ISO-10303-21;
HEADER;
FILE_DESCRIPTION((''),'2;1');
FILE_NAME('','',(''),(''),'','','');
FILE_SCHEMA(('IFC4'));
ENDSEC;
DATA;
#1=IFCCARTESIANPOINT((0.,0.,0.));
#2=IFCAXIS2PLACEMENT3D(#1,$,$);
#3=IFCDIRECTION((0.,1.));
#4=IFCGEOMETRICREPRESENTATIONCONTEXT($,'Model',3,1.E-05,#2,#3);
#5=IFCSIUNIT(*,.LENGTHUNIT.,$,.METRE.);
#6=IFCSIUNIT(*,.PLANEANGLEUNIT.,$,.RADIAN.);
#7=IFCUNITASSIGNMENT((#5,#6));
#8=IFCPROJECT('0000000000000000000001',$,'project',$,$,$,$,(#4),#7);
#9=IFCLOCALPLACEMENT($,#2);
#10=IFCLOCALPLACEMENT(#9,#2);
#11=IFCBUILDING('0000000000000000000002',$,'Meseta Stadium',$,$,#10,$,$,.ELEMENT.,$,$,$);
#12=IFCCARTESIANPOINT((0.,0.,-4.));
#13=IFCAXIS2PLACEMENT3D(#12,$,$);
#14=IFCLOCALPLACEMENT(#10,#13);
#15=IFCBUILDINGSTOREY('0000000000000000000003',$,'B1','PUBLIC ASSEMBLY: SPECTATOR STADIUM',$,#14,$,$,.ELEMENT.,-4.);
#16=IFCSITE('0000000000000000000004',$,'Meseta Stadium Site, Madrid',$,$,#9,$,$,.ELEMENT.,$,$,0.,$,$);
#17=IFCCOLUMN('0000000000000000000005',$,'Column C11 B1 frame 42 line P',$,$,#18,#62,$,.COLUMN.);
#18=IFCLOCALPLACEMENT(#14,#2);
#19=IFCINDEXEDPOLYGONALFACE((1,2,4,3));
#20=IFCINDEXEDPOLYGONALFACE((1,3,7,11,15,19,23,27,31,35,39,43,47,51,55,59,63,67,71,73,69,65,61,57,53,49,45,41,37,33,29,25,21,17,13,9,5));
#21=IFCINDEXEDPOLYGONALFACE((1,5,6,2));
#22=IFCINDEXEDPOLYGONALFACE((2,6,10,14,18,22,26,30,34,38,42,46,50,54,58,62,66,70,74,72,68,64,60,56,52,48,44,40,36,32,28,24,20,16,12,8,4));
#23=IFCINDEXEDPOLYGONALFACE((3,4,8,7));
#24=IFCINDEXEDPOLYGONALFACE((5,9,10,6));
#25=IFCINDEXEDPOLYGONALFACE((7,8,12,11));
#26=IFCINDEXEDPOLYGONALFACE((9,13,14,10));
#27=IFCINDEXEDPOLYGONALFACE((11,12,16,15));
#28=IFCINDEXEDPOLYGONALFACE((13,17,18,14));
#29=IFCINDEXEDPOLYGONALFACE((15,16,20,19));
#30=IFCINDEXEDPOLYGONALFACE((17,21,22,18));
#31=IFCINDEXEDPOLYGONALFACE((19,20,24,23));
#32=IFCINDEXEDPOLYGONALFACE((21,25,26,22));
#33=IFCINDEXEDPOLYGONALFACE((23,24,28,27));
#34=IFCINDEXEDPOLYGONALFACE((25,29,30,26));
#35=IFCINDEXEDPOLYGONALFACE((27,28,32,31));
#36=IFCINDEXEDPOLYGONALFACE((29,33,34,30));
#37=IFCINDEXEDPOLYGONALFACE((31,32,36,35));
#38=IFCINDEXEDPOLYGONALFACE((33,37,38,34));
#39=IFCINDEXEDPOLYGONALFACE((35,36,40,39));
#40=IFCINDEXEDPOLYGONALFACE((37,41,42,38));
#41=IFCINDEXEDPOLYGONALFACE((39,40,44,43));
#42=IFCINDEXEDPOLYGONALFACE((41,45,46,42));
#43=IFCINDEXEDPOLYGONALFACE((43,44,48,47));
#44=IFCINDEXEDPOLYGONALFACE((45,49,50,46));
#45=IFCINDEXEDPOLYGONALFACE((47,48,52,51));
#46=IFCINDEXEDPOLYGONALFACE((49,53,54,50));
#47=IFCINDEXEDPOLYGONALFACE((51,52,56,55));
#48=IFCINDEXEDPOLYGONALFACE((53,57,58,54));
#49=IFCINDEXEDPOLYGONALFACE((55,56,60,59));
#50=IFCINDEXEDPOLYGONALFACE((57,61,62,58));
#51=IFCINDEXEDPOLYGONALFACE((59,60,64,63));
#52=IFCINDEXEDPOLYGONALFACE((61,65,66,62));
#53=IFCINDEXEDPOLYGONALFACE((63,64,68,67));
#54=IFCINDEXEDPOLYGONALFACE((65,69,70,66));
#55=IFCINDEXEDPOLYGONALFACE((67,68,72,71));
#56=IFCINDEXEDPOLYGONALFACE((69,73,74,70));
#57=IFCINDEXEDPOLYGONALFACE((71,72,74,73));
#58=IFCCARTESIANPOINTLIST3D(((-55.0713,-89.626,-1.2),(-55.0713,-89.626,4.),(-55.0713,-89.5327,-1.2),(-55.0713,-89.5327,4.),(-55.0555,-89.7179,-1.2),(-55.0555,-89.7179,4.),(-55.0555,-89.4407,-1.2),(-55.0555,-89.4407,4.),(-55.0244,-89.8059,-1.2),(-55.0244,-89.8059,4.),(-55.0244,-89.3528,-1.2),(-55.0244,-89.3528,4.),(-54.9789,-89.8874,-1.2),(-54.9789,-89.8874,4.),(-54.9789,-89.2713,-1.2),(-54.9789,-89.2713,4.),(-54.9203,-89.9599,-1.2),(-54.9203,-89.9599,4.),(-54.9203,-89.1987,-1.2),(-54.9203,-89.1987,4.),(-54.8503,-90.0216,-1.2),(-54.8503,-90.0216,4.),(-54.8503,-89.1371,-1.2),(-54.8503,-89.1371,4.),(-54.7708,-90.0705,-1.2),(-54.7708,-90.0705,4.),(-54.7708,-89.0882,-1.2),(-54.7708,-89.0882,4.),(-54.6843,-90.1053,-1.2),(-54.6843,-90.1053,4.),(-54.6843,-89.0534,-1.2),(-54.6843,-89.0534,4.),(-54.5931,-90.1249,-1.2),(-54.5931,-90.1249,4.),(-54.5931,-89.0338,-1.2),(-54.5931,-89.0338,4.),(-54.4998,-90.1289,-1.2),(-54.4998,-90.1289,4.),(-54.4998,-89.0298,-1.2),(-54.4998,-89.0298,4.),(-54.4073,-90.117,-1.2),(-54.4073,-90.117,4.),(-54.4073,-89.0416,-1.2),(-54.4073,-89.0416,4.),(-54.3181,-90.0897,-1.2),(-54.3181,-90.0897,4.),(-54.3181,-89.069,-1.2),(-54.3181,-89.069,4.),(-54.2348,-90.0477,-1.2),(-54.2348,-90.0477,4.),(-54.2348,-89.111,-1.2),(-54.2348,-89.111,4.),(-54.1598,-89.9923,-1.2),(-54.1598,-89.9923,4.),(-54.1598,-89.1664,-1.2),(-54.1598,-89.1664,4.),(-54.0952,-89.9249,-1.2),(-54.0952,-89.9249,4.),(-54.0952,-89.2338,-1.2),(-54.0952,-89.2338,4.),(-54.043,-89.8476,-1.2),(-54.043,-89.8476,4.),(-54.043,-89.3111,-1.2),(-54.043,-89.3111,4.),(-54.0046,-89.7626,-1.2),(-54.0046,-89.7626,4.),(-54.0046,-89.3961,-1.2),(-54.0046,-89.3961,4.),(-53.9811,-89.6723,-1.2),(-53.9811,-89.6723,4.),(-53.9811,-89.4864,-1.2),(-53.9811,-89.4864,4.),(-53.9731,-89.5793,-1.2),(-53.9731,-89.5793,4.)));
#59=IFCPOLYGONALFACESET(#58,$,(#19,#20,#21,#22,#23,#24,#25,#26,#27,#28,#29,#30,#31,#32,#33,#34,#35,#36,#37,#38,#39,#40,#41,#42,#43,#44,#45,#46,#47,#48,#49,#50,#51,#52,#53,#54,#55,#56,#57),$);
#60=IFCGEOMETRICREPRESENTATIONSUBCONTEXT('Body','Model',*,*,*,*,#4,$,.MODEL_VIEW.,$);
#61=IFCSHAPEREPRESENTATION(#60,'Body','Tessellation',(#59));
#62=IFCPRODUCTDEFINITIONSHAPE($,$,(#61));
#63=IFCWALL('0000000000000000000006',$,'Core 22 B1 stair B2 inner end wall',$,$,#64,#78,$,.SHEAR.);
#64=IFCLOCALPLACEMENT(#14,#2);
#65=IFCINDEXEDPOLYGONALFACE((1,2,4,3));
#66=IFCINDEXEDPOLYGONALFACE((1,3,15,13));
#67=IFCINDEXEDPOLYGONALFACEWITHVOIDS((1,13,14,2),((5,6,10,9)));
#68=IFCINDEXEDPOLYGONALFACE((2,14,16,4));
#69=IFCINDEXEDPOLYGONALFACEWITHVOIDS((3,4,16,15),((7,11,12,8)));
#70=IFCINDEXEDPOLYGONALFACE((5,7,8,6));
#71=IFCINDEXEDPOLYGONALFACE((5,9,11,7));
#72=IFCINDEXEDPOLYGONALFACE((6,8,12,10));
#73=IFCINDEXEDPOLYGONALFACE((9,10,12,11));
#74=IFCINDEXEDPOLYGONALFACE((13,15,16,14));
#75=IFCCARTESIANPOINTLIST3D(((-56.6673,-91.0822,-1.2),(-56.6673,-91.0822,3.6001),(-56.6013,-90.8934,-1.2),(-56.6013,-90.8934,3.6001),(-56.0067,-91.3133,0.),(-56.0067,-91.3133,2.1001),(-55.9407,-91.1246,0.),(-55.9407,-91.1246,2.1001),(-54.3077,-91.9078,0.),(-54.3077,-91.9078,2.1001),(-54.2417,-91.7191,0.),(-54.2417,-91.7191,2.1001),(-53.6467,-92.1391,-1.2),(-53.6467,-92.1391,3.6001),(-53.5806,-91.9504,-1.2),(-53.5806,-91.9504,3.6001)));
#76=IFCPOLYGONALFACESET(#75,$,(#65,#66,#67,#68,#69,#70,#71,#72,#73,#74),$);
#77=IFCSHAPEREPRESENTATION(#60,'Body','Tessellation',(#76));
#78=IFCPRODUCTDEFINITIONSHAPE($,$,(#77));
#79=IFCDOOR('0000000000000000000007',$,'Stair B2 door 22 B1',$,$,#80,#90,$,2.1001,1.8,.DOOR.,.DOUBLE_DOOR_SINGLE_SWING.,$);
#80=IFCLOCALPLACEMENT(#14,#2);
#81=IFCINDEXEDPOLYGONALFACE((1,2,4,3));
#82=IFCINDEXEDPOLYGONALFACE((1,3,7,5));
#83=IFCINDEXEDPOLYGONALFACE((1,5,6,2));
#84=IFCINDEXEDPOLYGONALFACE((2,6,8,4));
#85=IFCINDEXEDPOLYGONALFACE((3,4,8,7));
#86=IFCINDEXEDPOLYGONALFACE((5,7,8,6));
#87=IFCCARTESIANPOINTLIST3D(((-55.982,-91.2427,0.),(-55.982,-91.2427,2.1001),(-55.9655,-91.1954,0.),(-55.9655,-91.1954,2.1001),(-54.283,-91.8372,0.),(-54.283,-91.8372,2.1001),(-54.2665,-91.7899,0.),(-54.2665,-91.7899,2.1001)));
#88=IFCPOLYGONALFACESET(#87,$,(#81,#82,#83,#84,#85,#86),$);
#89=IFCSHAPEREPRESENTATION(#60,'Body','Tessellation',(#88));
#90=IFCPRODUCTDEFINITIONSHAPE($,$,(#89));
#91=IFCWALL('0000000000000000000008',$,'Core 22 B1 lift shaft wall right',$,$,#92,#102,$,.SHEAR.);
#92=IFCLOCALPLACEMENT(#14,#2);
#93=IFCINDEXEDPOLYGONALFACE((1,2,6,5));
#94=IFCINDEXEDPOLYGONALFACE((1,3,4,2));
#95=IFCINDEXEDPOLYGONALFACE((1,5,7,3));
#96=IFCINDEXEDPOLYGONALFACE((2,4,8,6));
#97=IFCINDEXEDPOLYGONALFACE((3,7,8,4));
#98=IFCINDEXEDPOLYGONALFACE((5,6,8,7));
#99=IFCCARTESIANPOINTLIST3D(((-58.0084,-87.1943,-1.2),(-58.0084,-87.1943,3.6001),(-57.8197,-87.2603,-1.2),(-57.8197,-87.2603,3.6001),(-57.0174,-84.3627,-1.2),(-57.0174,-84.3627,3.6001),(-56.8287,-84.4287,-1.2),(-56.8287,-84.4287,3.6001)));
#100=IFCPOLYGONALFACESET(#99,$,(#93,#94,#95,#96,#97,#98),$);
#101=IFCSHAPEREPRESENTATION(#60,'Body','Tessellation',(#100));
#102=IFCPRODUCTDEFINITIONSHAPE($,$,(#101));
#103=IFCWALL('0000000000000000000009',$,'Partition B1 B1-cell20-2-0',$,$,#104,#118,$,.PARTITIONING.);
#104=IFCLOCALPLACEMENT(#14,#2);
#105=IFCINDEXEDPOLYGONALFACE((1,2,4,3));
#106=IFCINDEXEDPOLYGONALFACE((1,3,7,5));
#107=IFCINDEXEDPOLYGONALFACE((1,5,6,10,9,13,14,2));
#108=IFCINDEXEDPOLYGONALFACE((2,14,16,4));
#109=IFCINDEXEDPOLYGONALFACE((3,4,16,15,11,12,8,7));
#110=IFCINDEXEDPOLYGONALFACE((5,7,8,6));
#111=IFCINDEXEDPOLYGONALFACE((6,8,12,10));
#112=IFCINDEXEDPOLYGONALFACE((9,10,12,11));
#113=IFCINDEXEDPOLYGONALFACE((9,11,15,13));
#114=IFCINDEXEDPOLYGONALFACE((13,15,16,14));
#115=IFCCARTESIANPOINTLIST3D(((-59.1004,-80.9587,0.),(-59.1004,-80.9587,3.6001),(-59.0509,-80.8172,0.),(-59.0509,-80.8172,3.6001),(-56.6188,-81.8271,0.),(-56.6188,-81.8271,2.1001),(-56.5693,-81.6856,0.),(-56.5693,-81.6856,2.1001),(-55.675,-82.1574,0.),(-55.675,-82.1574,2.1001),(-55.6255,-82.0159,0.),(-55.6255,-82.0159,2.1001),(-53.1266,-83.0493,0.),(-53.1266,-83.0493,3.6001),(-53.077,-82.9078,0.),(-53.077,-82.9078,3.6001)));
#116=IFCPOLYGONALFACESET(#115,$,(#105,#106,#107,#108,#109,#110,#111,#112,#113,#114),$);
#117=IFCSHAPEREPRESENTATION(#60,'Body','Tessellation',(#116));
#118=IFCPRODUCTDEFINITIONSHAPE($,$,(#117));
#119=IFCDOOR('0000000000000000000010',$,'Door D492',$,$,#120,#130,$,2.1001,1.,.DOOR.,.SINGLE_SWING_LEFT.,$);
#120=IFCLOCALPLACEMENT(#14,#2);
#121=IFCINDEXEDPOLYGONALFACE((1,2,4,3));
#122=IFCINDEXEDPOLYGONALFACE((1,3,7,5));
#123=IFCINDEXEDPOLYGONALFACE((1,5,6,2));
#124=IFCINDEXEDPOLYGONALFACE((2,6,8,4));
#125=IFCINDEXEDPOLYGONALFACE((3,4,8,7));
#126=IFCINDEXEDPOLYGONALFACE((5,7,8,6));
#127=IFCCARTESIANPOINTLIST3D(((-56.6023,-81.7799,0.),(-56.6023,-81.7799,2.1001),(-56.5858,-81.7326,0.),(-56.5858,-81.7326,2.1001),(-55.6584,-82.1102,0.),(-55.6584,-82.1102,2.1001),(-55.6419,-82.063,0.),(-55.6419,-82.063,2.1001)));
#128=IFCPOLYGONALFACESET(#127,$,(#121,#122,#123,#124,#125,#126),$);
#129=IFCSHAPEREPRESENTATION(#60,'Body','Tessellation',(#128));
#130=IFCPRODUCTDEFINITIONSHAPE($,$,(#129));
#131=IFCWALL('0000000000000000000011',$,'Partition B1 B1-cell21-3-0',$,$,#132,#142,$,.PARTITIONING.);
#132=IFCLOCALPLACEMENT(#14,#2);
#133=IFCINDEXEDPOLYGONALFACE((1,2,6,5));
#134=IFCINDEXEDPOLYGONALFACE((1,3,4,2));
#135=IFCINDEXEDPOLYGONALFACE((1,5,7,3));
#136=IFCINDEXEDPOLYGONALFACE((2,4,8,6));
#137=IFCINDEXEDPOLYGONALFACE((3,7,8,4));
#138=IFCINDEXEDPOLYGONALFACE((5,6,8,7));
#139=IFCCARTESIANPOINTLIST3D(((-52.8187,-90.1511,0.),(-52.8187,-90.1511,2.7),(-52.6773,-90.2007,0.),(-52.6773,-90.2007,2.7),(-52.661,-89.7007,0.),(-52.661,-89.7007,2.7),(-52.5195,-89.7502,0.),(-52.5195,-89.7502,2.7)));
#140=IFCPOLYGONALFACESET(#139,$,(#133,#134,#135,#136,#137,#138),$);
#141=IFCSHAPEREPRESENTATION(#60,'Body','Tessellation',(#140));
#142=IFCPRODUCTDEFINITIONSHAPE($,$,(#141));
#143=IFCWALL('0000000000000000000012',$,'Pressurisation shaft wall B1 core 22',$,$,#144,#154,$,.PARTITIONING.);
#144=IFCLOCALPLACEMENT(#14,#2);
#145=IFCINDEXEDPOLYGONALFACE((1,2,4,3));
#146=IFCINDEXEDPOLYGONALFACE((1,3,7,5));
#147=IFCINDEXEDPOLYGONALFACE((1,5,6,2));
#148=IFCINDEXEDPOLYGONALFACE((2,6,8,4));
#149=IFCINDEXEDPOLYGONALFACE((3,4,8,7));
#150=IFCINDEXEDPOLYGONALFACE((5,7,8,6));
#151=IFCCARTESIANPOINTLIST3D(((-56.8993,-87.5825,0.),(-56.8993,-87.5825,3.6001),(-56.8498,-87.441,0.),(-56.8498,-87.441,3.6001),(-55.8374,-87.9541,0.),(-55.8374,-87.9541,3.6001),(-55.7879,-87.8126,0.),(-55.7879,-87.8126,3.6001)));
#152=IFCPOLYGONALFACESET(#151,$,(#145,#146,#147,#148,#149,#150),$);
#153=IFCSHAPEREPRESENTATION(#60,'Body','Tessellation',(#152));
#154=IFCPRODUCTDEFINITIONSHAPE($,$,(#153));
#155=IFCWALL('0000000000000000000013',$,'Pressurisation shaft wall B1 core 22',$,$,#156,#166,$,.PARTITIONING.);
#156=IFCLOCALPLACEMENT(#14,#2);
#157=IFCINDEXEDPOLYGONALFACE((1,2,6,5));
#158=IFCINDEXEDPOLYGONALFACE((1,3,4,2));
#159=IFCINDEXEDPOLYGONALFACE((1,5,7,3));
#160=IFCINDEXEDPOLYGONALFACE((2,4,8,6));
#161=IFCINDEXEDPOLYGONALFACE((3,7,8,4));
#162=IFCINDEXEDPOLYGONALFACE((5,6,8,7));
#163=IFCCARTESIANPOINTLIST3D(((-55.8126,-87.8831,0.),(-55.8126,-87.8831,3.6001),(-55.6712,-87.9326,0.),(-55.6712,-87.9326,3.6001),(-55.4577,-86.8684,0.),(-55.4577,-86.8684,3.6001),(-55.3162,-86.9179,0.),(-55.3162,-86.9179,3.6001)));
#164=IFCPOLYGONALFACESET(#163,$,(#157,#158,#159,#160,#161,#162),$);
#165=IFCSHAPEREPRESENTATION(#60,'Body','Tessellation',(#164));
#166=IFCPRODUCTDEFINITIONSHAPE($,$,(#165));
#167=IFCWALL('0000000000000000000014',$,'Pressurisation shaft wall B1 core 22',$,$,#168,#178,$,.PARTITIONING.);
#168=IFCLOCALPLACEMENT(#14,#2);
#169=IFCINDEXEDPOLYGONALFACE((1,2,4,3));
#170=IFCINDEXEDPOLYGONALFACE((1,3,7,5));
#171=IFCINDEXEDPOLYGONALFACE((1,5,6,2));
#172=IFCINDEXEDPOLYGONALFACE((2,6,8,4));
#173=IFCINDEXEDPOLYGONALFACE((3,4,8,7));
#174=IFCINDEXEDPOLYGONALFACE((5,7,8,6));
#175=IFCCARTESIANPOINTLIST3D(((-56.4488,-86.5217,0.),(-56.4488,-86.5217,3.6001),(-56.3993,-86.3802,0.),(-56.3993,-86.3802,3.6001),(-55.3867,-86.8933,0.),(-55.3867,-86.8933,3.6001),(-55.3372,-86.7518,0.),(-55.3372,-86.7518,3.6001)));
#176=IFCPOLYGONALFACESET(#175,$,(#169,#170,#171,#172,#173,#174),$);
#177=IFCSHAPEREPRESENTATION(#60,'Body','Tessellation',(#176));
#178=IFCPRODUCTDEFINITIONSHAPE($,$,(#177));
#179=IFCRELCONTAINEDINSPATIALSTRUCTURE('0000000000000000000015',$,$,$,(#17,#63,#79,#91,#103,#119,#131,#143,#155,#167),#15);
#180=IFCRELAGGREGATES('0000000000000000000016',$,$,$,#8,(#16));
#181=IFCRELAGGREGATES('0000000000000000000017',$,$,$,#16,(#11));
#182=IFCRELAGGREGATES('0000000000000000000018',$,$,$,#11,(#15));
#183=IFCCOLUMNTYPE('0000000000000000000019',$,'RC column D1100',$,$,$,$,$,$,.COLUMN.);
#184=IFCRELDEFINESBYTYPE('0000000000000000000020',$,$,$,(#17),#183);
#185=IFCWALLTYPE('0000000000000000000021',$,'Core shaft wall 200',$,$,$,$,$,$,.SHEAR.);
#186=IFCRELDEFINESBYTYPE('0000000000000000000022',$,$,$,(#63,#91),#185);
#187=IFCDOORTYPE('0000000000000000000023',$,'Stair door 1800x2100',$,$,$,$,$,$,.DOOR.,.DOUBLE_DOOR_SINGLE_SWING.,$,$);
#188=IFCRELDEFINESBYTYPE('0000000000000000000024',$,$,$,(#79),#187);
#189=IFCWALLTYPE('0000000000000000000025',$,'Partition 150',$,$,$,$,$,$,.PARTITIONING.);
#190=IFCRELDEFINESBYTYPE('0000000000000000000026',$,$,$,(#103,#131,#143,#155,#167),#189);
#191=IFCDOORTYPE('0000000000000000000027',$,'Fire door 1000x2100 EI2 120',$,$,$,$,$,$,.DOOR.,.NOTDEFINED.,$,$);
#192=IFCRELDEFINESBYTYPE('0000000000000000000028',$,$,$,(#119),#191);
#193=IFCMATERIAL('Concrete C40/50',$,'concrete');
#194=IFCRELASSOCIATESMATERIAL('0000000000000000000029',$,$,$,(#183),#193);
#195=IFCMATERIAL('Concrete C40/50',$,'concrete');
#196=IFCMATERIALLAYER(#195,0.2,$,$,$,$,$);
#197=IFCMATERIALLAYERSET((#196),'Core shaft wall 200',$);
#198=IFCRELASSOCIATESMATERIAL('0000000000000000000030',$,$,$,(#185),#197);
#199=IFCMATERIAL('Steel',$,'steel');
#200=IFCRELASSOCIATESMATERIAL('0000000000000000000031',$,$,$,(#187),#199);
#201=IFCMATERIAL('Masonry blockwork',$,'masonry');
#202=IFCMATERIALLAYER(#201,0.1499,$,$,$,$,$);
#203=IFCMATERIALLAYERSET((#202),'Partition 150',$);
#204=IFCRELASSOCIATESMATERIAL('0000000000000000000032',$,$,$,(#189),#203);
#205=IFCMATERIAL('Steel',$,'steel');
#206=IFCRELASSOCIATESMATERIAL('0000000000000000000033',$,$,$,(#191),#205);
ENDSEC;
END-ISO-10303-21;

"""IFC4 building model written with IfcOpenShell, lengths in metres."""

from ifc_helpers import new_model, si_unit, direction, frame, frame_2d, origin, origin_2d, place, context, subcontext, project, spatial, rectangle, circle, extrude, material, layer, layer_set, material_profile, profile_set, type_object, element, fill, save


model = new_model("IFC4")

# Units and contexts
model_context = context("Model", 3, precision=1e-05, world=origin(), true_north=direction((0.0, 1.0)))
body_context = subcontext(model_context, "Body", "Model", "MODEL_VIEW")
ifc_project = project(units=[si_unit("LENGTHUNIT", "METRE"), si_unit("PLANEANGLEUNIT", "RADIAN")], contexts=[model_context])

# Site, building, storey
site_placement = place(None, origin())
site = spatial("IfcSite", under=ifc_project, at=site_placement, Name="Meseta Stadium Site, Madrid", CompositionType="ELEMENT", RefElevation=0.0)
building_placement = place(site_placement, origin())
building = spatial("IfcBuilding", under=site, at=building_placement, Name="Meseta Stadium", CompositionType="ELEMENT")
storey_placement = place(building_placement, frame((0.0, 0.0, -4.0)))
storey = spatial("IfcBuildingStorey", under=building, at=storey_placement, Name="B1", Description="PUBLIC ASSEMBLY: SPECTATOR STADIUM", CompositionType="ELEMENT", Elevation=-4.0)

# Column
ifc_material_1 = material(Name="Concrete C40/50", Category="concrete")
ifc_material_profile = material_profile(ifc_material_1, circle(Radius=0.55, at=origin_2d()), Name="RC D1100")
ifc_profile_set = profile_set([ifc_material_profile], Name="Concrete C40/50")
column_type = type_object("IfcColumnType", Name="RC column D1100", PredefinedType="COLUMN", material=ifc_profile_set)
column_placement = place(storey_placement, frame((-54.5232, -89.5793, -1.2), z_axis=(0.0, 0.0, 1.0), x_axis=(1.0, 0.0, 0.0)))
element("IfcColumn", 1, at=column_placement, inside=storey, type_object=column_type, Name="Column C11 B1 frame 42 line P", PredefinedType="COLUMN", context=body_context, shape_type="SweptSolid", body=[
    extrude(circle(Radius=0.55, at=origin_2d()), origin(), (0.0, 0.0, 1.0), 5.2),
])

# Wall, opening, door
ifc_material_2 = material(Name="Concrete C40/50", Category="concrete")
ifc_layer_1 = layer(ifc_material_2, 0.2)
ifc_layer_set_1 = layer_set([ifc_layer_1], Name="Core shaft wall 200")
wall_type_1 = type_object("IfcWallType", Name="Core shaft wall 200", PredefinedType="SHEAR", material=ifc_layer_set_1)
wall_1_placement = place(storey_placement, frame((-56.6343, -90.9878, -1.2), z_axis=(0.0, 0.0, 1.0), x_axis=(0.943887, -0.330269, 0.0)))
wall_1 = element("IfcWall", 2, at=wall_1_placement, inside=storey, type_object=wall_type_1, Name="Core 22 B1 stair B2 inner end wall", PredefinedType="SHEAR", context=body_context, shape_type="SweptSolid", body=[
    extrude(rectangle(XDim=3.2002, YDim=0.2, at=frame_2d((1.6001, 0.0))), origin(), (0.0, 0.0, 1.0), 4.8),
])
opening_1_placement = place(wall_1_placement, frame((0.7, 0.0, 1.2)))
opening_1 = element("IfcOpeningElement", 3, at=opening_1_placement, cuts=wall_1, PredefinedType="OPENING", context=body_context, shape_type="SweptSolid", body=[
    extrude(rectangle(XDim=1.8, YDim=2.1001, at=frame_2d((0.8999, 1.05))), frame((0.0, 0.1099, 0.0), z_axis=(0.0, -1.0, 0.0), x_axis=(1.0, 0.0, 0.0)), (0.0, 0.0, 1.0), 0.22),
])
ifc_material_3 = material(Name="Steel", Category="steel")
door_type_1 = type_object("IfcDoorType", Name="Stair door 1800x2100", OperationType="DOUBLE_DOOR_SINGLE_SWING", PredefinedType="DOOR", material=ifc_material_3)
door_1_placement = place(opening_1_placement, origin())
door_1 = element("IfcDoor", 4, at=door_1_placement, inside=storey, type_object=door_type_1, Name="Stair B2 door 22 B1", OperationType="DOUBLE_DOOR_SINGLE_SWING", OverallHeight=2.1001, OverallWidth=1.8, PredefinedType="DOOR", context=body_context, shape_type="SweptSolid", body=[
    extrude(rectangle(XDim=1.8, YDim=2.1001, at=frame_2d((0.8999, 1.05))), frame((0.0, 0.0249, 0.0), z_axis=(0.0, -1.0, 0.0), x_axis=(1.0, 0.0, 0.0)), (0.0, 0.0, 1.0), 0.05),
])
fill(opening_1, door_1)

# Wall
wall_2_placement = place(storey_placement, frame((-57.9141, -87.2273, -1.2), z_axis=(0.0, 0.0, 1.0), x_axis=(0.330329, 0.943866, 0.0)))
element("IfcWall", 5, at=wall_2_placement, inside=storey, type_object=wall_type_1, Name="Core 22 B1 lift shaft wall right", PredefinedType="SHEAR", context=body_context, shape_type="SweptSolid", body=[
    extrude(rectangle(XDim=3.0, YDim=0.2, at=frame_2d((1.5, 0.0))), origin(), (0.0, 0.0, 1.0), 4.8),
])

# Wall, opening, door
ifc_material_4 = material(Name="Masonry blockwork", Category="masonry")
ifc_layer_2 = layer(ifc_material_4, 0.1499)
ifc_layer_set_2 = layer_set([ifc_layer_2], Name="Partition 150")
wall_type_2 = type_object("IfcWallType", Name="Partition 150", PredefinedType="PARTITIONING", material=ifc_layer_set_2)
wall_3_placement = place(storey_placement, frame((-53.1018, -82.9785, 0.0), z_axis=(0.0, 0.0, 1.0), x_axis=(-0.943872, 0.330311, 0.0)))
wall_3 = element("IfcWall", 6, at=wall_3_placement, inside=storey, type_object=wall_type_2, Name="Partition B1 B1-cell20-2-0", PredefinedType="PARTITIONING", context=body_context, shape_type="SweptSolid", body=[
    extrude(rectangle(XDim=6.3291, YDim=0.1499, at=frame_2d((3.1646, 0.0))), origin(), (0.0, 0.0, 1.0), 3.6001),
])
opening_2_placement = place(wall_3_placement, frame((2.7, 0.0, 0.0)))
opening_2 = element("IfcOpeningElement", 7, at=opening_2_placement, cuts=wall_3, PredefinedType="OPENING", context=body_context, shape_type="SweptSolid", body=[
    extrude(rectangle(XDim=1.0, YDim=2.1001, at=frame_2d((0.5, 1.05))), frame((0.0, 0.085, 0.0), z_axis=(0.0, -1.0, 0.0), x_axis=(1.0, 0.0, 0.0)), (0.0, 0.0, 1.0), 0.1699),
])
ifc_material_5 = material(Name="Steel", Category="steel")
door_type_2 = type_object("IfcDoorType", Name="Fire door 1000x2100 EI2 120", OperationType="NOTDEFINED", PredefinedType="DOOR", material=ifc_material_5)
door_2_placement = place(opening_2_placement, origin())
door_2 = element("IfcDoor", 8, at=door_2_placement, inside=storey, type_object=door_type_2, Name="Door D492", OperationType="SINGLE_SWING_LEFT", OverallHeight=2.1001, OverallWidth=1.0, PredefinedType="DOOR", context=body_context, shape_type="SweptSolid", body=[
    extrude(rectangle(XDim=1.0, YDim=2.1001, at=frame_2d((0.5, 1.05))), frame((0.0, 0.0249, 0.0), z_axis=(0.0, -1.0, 0.0), x_axis=(1.0, 0.0, 0.0)), (0.0, 0.0, 1.0), 0.05),
])
fill(opening_2, door_2)

# Walls
wall_4_placement = place(storey_placement, frame((-52.748, -90.176, 0.0), z_axis=(0.0, 0.0, 1.0), x_axis=(0.330464, 0.943818, 0.0)))
element("IfcWall", 9, at=wall_4_placement, inside=storey, type_object=wall_type_2, Name="Partition B1 B1-cell21-3-0", PredefinedType="PARTITIONING", context=body_context, shape_type="SweptSolid", body=[
    extrude(rectangle(XDim=0.4773, YDim=0.1499, at=frame_2d((0.2388, 0.0))), origin(), (0.0, 0.0, 1.0), 2.7),
])
wall_5_placement = place(storey_placement, frame((-56.8745, -87.5117, 0.0), z_axis=(0.0, 0.0, 1.0), x_axis=(0.943869, -0.330321, 0.0)))
element("IfcWall", 10, at=wall_5_placement, inside=storey, type_object=wall_type_2, Name="Pressurisation shaft wall B1 core 22", PredefinedType="PARTITIONING", context=body_context, shape_type="SweptSolid", body=[
    extrude(rectangle(XDim=1.125, YDim=0.1499, at=frame_2d((0.5625, 0.0))), origin(), (0.0, 0.0, 1.0), 3.6001),
])
wall_6_placement = place(storey_placement, frame((-55.7419, -87.908, 0.0), z_axis=(0.0, 0.0, 1.0), x_axis=(0.330229, 0.943901, 0.0)))
element("IfcWall", 11, at=wall_6_placement, inside=storey, type_object=wall_type_2, Name="Pressurisation shaft wall B1 core 22", PredefinedType="PARTITIONING", context=body_context, shape_type="SweptSolid", body=[
    extrude(rectangle(XDim=1.075, YDim=0.1499, at=frame_2d((0.5376, 0.0))), origin(), (0.0, 0.0, 1.0), 3.6001),
])
wall_7_placement = place(storey_placement, frame((-55.3621, -86.8225, 0.0), z_axis=(0.0, 0.0, 1.0), x_axis=(-0.943892, 0.330254, 0.0)))
element("IfcWall", 12, at=wall_7_placement, inside=storey, type_object=wall_type_2, Name="Pressurisation shaft wall B1 core 22", PredefinedType="PARTITIONING", context=body_context, shape_type="SweptSolid", body=[
    extrude(rectangle(XDim=1.1252, YDim=0.1499, at=frame_2d((0.5625, 0.0))), origin(), (0.0, 0.0, 1.0), 3.6001),
])

save(model, "model.ifc")
